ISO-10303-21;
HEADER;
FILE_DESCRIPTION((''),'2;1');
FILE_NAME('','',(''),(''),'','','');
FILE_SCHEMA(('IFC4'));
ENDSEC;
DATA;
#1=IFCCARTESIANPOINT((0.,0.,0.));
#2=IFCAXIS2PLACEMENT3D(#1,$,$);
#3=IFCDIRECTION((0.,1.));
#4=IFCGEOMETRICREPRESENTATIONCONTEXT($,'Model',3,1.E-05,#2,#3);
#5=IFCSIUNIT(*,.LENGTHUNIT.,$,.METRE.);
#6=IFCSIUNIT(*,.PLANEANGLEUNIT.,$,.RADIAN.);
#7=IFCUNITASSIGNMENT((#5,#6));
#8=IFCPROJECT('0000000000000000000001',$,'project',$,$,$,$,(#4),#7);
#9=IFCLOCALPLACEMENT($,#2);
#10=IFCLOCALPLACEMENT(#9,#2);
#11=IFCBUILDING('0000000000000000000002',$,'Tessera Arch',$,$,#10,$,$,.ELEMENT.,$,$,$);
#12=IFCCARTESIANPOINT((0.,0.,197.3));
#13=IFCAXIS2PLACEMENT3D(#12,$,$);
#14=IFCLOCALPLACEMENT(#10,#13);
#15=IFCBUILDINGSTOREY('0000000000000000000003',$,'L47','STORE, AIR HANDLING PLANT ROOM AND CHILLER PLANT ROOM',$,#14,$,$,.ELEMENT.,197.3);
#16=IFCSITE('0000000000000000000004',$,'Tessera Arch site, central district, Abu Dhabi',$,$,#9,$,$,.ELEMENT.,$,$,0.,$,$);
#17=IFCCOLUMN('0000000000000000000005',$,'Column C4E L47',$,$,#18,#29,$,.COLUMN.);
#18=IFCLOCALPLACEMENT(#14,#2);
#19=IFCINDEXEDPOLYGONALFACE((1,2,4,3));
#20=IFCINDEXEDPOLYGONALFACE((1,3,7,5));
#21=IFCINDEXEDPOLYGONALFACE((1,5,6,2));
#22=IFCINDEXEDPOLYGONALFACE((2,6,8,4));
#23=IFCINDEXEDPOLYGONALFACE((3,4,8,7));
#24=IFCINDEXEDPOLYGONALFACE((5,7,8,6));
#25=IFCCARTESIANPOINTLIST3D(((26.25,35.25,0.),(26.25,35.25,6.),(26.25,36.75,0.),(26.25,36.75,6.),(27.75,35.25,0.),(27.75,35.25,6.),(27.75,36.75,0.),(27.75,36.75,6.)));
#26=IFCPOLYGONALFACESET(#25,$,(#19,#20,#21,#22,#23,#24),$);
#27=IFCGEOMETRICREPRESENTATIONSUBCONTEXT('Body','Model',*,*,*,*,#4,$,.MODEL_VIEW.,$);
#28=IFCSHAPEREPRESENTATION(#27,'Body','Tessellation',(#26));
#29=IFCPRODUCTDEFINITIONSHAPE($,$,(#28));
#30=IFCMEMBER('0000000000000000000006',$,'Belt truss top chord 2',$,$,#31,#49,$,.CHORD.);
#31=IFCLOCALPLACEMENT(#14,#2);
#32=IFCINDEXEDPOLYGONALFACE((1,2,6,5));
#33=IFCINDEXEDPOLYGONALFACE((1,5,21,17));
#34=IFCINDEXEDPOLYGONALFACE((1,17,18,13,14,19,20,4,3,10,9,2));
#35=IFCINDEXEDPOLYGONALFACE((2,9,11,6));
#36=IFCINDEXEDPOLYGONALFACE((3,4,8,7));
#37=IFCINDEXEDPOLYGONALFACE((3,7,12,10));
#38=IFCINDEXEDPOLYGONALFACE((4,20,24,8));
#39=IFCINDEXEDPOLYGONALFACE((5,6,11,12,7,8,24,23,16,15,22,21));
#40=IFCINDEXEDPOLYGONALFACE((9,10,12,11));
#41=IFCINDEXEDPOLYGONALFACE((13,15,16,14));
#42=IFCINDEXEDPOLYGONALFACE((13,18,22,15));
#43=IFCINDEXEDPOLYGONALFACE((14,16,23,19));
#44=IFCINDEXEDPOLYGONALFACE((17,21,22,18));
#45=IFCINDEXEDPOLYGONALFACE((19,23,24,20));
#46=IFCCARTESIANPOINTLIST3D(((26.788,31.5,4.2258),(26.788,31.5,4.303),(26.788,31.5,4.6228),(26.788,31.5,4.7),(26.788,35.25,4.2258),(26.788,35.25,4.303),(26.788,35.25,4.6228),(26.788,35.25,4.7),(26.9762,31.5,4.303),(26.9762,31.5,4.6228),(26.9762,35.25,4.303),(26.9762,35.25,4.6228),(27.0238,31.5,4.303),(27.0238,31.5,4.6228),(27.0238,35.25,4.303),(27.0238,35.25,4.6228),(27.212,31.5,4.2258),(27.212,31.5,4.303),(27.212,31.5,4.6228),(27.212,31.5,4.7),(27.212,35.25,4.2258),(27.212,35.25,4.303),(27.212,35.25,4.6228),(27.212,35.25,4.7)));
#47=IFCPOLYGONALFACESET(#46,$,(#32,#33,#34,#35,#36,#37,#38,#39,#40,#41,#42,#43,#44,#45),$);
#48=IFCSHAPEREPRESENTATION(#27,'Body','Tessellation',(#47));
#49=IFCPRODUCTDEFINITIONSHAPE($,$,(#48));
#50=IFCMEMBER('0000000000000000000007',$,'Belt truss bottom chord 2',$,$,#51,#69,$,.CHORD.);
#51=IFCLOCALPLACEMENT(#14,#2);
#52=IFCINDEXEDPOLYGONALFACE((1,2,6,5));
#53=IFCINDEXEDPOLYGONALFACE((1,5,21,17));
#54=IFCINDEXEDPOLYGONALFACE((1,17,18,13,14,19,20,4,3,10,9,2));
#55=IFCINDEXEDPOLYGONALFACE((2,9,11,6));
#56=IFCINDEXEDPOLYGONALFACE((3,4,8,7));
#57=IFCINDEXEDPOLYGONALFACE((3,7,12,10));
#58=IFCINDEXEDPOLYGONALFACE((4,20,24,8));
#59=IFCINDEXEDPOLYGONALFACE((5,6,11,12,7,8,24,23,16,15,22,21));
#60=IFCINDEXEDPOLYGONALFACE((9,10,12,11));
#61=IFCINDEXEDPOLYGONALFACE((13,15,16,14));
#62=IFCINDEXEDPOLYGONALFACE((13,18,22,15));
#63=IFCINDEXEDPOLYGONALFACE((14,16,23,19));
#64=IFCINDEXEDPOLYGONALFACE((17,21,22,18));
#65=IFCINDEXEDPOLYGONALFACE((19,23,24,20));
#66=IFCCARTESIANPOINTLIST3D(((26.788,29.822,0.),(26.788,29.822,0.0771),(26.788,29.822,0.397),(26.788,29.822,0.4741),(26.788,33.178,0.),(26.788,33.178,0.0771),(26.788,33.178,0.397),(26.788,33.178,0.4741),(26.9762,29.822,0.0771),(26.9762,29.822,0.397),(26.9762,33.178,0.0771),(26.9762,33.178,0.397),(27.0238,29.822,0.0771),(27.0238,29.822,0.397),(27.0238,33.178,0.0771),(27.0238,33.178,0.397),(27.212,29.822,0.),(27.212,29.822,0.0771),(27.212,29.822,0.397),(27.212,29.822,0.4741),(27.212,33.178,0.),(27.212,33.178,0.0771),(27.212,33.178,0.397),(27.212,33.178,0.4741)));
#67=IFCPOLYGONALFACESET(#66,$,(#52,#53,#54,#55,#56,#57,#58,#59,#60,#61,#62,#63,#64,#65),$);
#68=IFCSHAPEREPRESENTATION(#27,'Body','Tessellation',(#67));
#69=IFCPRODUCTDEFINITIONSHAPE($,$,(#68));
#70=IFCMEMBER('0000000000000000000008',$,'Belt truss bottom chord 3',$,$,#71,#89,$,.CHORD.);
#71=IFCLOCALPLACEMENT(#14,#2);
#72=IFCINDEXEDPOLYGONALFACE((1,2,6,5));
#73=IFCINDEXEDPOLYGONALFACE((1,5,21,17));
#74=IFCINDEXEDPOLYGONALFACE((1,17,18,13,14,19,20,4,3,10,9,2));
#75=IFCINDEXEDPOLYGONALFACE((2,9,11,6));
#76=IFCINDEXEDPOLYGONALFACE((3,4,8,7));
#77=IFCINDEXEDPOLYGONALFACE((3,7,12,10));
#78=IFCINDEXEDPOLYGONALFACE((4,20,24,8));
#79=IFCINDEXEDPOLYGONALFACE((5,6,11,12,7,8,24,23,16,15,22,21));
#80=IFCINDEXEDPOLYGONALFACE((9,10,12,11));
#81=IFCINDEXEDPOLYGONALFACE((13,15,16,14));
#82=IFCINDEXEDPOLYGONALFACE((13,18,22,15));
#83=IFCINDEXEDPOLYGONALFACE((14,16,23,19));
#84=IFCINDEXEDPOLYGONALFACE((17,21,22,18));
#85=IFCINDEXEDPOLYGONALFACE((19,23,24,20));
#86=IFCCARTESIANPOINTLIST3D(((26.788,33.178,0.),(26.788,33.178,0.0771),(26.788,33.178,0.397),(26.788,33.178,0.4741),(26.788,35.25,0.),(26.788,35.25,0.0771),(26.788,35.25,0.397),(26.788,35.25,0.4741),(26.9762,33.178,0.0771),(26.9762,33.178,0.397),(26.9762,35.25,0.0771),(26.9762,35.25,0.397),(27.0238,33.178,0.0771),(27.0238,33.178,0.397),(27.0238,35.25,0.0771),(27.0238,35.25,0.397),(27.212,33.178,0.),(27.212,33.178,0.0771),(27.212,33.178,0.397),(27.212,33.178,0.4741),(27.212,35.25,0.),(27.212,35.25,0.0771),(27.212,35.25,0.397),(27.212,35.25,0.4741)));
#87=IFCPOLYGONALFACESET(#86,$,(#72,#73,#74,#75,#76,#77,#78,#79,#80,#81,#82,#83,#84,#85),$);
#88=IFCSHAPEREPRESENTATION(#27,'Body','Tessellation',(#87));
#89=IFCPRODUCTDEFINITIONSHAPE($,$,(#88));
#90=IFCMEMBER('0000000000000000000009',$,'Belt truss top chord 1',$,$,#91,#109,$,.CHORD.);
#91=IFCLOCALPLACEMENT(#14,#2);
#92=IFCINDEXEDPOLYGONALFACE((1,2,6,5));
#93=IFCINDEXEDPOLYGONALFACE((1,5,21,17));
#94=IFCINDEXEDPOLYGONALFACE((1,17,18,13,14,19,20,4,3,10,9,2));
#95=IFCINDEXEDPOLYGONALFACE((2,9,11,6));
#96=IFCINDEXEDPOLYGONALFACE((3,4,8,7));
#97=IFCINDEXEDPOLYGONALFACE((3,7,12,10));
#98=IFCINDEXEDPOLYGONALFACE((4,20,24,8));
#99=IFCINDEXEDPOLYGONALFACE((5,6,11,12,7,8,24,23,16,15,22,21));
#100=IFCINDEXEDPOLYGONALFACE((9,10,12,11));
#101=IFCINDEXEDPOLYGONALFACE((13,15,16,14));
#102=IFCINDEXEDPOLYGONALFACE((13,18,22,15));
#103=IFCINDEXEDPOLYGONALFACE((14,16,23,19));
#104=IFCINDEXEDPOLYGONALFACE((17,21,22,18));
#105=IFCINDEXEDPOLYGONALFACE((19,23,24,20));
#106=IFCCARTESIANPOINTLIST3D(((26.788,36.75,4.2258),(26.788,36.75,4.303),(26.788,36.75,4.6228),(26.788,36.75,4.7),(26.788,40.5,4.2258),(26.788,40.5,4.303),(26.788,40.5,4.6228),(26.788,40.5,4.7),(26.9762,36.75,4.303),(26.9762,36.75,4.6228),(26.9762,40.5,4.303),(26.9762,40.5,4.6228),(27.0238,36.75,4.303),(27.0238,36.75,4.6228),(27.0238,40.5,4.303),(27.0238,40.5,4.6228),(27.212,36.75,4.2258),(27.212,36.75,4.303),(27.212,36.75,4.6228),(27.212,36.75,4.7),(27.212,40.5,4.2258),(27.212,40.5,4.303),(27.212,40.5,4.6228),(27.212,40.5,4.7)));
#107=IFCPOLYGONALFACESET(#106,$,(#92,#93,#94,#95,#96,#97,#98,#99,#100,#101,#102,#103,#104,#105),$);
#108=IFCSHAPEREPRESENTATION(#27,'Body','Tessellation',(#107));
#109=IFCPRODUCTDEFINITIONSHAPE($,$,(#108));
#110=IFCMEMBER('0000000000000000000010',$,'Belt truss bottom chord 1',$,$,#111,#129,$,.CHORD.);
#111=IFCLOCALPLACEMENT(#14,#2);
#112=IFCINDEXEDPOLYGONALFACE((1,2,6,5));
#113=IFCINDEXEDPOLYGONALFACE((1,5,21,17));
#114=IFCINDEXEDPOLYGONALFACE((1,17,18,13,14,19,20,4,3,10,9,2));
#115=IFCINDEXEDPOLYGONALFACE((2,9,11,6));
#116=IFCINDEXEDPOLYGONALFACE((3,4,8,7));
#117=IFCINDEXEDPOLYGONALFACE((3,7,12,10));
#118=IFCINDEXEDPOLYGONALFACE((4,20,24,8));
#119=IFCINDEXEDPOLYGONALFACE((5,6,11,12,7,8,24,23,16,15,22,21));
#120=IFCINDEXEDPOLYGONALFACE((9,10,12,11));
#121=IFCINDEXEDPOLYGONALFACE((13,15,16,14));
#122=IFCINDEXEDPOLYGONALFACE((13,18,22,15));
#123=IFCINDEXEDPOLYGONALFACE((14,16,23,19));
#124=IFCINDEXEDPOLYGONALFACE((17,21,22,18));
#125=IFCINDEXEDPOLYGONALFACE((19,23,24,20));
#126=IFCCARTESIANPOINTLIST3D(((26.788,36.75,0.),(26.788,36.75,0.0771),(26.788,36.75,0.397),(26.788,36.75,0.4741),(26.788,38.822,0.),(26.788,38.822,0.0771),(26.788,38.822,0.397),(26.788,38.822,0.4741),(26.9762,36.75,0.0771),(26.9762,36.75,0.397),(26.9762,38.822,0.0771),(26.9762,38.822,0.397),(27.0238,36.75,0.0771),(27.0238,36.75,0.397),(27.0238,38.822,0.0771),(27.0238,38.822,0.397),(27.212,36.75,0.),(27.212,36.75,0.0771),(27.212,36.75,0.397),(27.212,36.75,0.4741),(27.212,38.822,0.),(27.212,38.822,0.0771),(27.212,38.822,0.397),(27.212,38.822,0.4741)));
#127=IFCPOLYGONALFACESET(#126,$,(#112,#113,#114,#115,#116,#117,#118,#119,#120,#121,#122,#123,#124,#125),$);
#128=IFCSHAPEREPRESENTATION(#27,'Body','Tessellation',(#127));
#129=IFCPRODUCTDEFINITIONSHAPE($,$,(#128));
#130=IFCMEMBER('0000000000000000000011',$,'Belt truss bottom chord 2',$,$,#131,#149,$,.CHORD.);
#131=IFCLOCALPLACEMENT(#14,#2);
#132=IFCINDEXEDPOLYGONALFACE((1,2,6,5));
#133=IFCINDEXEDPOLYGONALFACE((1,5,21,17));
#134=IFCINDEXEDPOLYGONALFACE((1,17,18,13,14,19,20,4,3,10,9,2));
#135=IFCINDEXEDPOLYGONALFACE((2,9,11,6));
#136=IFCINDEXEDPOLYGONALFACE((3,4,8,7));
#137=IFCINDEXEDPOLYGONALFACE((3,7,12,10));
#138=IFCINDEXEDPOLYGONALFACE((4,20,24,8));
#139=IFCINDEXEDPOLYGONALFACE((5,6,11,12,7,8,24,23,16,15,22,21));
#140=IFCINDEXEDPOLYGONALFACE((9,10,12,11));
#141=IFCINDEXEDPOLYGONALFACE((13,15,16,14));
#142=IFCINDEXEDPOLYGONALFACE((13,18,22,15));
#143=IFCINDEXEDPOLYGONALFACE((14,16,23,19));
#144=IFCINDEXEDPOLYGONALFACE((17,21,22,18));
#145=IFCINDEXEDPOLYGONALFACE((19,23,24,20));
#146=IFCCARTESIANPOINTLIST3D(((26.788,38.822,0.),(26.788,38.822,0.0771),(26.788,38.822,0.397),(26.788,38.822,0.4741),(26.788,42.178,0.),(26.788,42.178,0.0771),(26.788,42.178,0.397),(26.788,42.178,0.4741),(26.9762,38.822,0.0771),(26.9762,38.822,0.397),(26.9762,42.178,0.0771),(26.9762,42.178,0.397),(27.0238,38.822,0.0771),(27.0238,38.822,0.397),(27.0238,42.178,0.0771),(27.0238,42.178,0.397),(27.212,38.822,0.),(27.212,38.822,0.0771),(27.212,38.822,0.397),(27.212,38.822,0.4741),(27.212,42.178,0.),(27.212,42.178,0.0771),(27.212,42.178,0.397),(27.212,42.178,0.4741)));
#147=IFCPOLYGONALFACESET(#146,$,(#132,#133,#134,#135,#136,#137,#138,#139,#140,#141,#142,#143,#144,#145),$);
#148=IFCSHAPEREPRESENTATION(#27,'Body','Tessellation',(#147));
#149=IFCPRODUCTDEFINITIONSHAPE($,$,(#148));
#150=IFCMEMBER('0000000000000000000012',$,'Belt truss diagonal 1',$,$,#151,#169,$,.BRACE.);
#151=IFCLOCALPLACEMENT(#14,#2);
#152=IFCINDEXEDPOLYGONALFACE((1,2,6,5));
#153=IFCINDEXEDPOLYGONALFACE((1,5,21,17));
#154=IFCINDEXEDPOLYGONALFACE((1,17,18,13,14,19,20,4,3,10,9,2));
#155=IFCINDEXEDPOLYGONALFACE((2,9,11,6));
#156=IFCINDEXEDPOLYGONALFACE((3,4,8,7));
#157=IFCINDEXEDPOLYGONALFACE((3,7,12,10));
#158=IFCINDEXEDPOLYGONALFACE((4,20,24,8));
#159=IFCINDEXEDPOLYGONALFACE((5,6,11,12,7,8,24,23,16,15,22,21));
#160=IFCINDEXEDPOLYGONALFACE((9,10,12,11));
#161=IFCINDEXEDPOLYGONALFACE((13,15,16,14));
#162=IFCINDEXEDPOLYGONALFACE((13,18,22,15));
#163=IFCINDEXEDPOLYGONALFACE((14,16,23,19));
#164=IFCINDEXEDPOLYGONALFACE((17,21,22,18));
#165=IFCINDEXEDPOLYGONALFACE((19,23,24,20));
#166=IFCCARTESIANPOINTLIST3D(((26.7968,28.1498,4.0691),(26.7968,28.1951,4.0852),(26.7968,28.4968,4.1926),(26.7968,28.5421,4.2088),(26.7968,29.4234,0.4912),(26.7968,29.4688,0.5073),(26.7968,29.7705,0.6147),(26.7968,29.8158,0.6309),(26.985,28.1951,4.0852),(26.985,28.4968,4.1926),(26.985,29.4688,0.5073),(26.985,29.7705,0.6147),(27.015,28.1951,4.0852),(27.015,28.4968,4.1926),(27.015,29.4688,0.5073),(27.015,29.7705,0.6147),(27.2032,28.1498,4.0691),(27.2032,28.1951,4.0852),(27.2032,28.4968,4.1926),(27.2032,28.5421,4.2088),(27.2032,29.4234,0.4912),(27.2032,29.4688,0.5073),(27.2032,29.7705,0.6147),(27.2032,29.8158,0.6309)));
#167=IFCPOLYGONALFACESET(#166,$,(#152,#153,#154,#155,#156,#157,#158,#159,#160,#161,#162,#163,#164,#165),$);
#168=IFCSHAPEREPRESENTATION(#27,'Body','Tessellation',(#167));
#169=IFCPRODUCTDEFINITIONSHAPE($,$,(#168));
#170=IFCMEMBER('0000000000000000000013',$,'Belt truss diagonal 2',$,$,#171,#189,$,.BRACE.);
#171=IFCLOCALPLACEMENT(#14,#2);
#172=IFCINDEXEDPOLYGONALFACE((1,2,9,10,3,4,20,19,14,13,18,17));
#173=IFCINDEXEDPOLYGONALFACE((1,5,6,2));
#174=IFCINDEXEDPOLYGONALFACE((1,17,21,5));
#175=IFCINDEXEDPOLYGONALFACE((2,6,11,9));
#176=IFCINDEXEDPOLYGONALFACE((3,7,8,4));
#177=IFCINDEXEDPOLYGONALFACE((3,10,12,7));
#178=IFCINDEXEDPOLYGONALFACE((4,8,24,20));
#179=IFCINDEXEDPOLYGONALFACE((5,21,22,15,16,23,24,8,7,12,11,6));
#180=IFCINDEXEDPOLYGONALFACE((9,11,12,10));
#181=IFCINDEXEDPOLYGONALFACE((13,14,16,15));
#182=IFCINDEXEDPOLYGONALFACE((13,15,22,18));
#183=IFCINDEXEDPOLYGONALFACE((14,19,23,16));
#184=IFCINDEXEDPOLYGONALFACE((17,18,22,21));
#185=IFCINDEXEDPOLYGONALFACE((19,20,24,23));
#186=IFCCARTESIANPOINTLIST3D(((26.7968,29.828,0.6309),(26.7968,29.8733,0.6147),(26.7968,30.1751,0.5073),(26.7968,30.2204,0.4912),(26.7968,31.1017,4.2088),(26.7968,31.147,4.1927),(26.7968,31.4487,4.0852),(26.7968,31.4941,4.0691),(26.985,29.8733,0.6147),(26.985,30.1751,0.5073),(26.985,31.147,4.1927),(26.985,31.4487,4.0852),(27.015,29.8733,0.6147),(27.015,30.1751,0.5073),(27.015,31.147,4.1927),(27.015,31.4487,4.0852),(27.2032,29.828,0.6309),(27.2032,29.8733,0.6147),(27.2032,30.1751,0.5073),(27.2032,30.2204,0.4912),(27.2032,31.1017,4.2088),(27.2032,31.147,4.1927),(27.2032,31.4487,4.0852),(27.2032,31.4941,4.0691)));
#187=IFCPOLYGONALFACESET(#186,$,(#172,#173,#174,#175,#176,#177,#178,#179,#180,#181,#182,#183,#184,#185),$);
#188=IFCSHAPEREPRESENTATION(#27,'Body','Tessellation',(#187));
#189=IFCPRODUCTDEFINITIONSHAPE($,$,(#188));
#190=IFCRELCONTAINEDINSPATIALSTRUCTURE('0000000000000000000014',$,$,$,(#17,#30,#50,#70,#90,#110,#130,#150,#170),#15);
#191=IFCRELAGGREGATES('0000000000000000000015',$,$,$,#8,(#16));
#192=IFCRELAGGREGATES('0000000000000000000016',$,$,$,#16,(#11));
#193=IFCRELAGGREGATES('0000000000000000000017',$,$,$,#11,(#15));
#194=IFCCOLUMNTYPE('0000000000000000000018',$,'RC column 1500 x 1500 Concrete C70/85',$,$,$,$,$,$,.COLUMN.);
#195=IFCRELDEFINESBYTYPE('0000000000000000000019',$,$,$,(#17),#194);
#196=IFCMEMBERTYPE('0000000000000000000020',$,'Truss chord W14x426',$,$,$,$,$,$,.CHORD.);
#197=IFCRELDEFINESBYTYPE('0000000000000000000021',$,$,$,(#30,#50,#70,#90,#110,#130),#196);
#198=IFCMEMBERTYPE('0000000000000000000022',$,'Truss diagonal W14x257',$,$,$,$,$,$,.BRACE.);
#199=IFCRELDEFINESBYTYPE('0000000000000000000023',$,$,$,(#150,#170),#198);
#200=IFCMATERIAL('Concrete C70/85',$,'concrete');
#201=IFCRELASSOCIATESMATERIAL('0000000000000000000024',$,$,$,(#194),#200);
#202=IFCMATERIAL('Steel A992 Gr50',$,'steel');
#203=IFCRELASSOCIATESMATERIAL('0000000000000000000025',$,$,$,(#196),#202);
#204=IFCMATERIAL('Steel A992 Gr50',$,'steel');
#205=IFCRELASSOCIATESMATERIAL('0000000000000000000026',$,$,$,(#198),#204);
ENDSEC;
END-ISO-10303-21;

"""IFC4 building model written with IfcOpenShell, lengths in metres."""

from ifc_helpers import new_model, si_unit, direction, frame, origin, origin_2d, place, context, subcontext, project, spatial, rectangle, i_section, extrude, material, material_profile, profile_set, type_object, element, save


model = new_model("IFC4")

# Units and contexts
model_context = context("Model", 3, precision=1e-05, world=origin(), true_north=direction((0.0, 1.0)))
body_context = subcontext(model_context, "Body", "Model", "MODEL_VIEW")
ifc_project = project(units=[si_unit("LENGTHUNIT", "METRE"), si_unit("PLANEANGLEUNIT", "RADIAN")], contexts=[model_context])

# Site, building, storey
site_placement = place(None, origin())
site = spatial("IfcSite", under=ifc_project, at=site_placement, Name="Tessera Arch site, central district, Abu Dhabi", CompositionType="ELEMENT", RefElevation=0.0)
building_placement = place(site_placement, origin())
building = spatial("IfcBuilding", under=site, at=building_placement, Name="Tessera Arch", CompositionType="ELEMENT")
storey_placement = place(building_placement, frame((0.0, 0.0, 197.3)))
storey = spatial("IfcBuildingStorey", under=building, at=storey_placement, Name="L47", Description="STORE, AIR HANDLING PLANT ROOM AND CHILLER PLANT ROOM", CompositionType="ELEMENT", Elevation=197.3)

# Column
ifc_material_1 = material(Name="Concrete C70/85", Category="concrete")
ifc_material_profile_1 = material_profile(ifc_material_1, rectangle(XDim=1.5, YDim=1.5, at=origin_2d()), Name="RC column 1500 x 1500 Concrete C70/85")
ifc_profile_set_1 = profile_set([ifc_material_profile_1], Name="Concrete C70/85")
column_type = type_object("IfcColumnType", Name="RC column 1500 x 1500 Concrete C70/85", PredefinedType="COLUMN", material=ifc_profile_set_1)
column_placement = place(storey_placement, frame((27.0, 36.0, 0.0), z_axis=(0.0, 0.0, 1.0), x_axis=(1.0, 0.0, 0.0)))
element("IfcColumn", 1, at=column_placement, inside=storey, type_object=column_type, Name="Column C4E L47", PredefinedType="COLUMN", context=body_context, shape_type="SweptSolid", body=[
    extrude(rectangle(XDim=1.5, YDim=1.5, at=origin_2d()), origin(), (0.0, 0.0, 1.0), 6.0),
])

# Members
ifc_material_2 = material(Name="Steel A992 Gr50", Category="steel")
ifc_material_profile_2 = material_profile(ifc_material_2, i_section(OverallWidth=0.4241, OverallDepth=0.4741, WebThickness=0.0476, FlangeThickness=0.0771, at=origin_2d()), Name="W14x426")
ifc_profile_set_2 = profile_set([ifc_material_profile_2], Name="Steel A992 Gr50")
member_type_1 = type_object("IfcMemberType", Name="Truss chord W14x426", PredefinedType="CHORD", material=ifc_profile_set_2)
member_1_placement = place(storey_placement, frame((27.0, 31.5, 4.4629), z_axis=(0.0, 1.0, 0.0), x_axis=(-1.0, 0.0, 0.0)))
element("IfcMember", 2, at=member_1_placement, inside=storey, type_object=member_type_1, Name="Belt truss top chord 2", PredefinedType="CHORD", context=body_context, shape_type="SweptSolid", body=[
    extrude(i_section(OverallWidth=0.4241, OverallDepth=0.4741, WebThickness=0.0476, FlangeThickness=0.0771, at=origin_2d()), origin(), (0.0, 0.0, 1.0), 3.75),
])
member_2_placement = place(storey_placement, frame((27.0, 29.822, 0.2371), z_axis=(0.0, 1.0, 0.0), x_axis=(-1.0, 0.0, 0.0)))
element("IfcMember", 3, at=member_2_placement, inside=storey, type_object=member_type_1, Name="Belt truss bottom chord 2", PredefinedType="CHORD", context=body_context, shape_type="SweptSolid", body=[
    extrude(i_section(OverallWidth=0.4241, OverallDepth=0.4741, WebThickness=0.0476, FlangeThickness=0.0771, at=origin_2d()), origin(), (0.0, 0.0, 1.0), 3.356),
])
member_3_placement = place(storey_placement, frame((27.0, 33.178, 0.2371), z_axis=(0.0, 1.0, 0.0), x_axis=(-1.0, 0.0, 0.0)))
element("IfcMember", 4, at=member_3_placement, inside=storey, type_object=member_type_1, Name="Belt truss bottom chord 3", PredefinedType="CHORD", context=body_context, shape_type="SweptSolid", body=[
    extrude(i_section(OverallWidth=0.4241, OverallDepth=0.4741, WebThickness=0.0476, FlangeThickness=0.0771, at=origin_2d()), origin(), (0.0, 0.0, 1.0), 2.072),
])
member_4_placement = place(storey_placement, frame((27.0, 36.75, 4.4629), z_axis=(0.0, 1.0, 0.0), x_axis=(-1.0, 0.0, 0.0)))
element("IfcMember", 5, at=member_4_placement, inside=storey, type_object=member_type_1, Name="Belt truss top chord 1", PredefinedType="CHORD", context=body_context, shape_type="SweptSolid", body=[
    extrude(i_section(OverallWidth=0.4241, OverallDepth=0.4741, WebThickness=0.0476, FlangeThickness=0.0771, at=origin_2d()), origin(), (0.0, 0.0, 1.0), 3.75),
])
member_5_placement = place(storey_placement, frame((27.0, 36.75, 0.2371), z_axis=(0.0, 1.0, 0.0), x_axis=(-1.0, 0.0, 0.0)))
element("IfcMember", 6, at=member_5_placement, inside=storey, type_object=member_type_1, Name="Belt truss bottom chord 1", PredefinedType="CHORD", context=body_context, shape_type="SweptSolid", body=[
    extrude(i_section(OverallWidth=0.4241, OverallDepth=0.4741, WebThickness=0.0476, FlangeThickness=0.0771, at=origin_2d()), origin(), (0.0, 0.0, 1.0), 2.072),
])
member_6_placement = place(storey_placement, frame((27.0, 38.822, 0.2371), z_axis=(0.0, 1.0, 0.0), x_axis=(-1.0, 0.0, 0.0)))
element("IfcMember", 7, at=member_6_placement, inside=storey, type_object=member_type_1, Name="Belt truss bottom chord 2", PredefinedType="CHORD", context=body_context, shape_type="SweptSolid", body=[
    extrude(i_section(OverallWidth=0.4241, OverallDepth=0.4741, WebThickness=0.0476, FlangeThickness=0.0771, at=origin_2d()), origin(), (0.0, 0.0, 1.0), 3.356),
])
ifc_material_3 = material(Name="Steel A992 Gr50", Category="steel")
ifc_material_profile_3 = material_profile(ifc_material_3, i_section(OverallWidth=0.4065, OverallDepth=0.4165, WebThickness=0.03, FlangeThickness=0.0481, at=origin_2d()), Name="W14x257")
ifc_profile_set_3 = profile_set([ifc_material_profile_3], Name="Steel A992 Gr50")
member_type_2 = type_object("IfcMemberType", Name="Truss diagonal W14x257", PredefinedType="BRACE", material=ifc_profile_set_3)
for number, where, z_axis, x_axis, name in (
    (8, (27.0, 28.3459, 4.1389), (0.0, 0.335371, -0.942086), (-1.0, 0.0, 0.0), "Belt truss diagonal 1"),
    (9, (27.0, 30.0242, 0.561), (0.0, 0.335371, 0.942086), (-1.0, 0.0, 0.0), "Belt truss diagonal 2"),
):
    element("IfcMember", number, at=place(storey_placement, frame(where, z_axis=z_axis, x_axis=x_axis)), inside=storey, type_object=member_type_2, Name=name, PredefinedType="BRACE", context=body_context, shape_type="SweptSolid", body=[
        extrude(i_section(OverallWidth=0.4065, OverallDepth=0.4165, WebThickness=0.03, FlangeThickness=0.0481, at=origin_2d()), origin(), (0.0, 0.0, 1.0), 3.7979),
    ])

save(model, "model.ifc")
